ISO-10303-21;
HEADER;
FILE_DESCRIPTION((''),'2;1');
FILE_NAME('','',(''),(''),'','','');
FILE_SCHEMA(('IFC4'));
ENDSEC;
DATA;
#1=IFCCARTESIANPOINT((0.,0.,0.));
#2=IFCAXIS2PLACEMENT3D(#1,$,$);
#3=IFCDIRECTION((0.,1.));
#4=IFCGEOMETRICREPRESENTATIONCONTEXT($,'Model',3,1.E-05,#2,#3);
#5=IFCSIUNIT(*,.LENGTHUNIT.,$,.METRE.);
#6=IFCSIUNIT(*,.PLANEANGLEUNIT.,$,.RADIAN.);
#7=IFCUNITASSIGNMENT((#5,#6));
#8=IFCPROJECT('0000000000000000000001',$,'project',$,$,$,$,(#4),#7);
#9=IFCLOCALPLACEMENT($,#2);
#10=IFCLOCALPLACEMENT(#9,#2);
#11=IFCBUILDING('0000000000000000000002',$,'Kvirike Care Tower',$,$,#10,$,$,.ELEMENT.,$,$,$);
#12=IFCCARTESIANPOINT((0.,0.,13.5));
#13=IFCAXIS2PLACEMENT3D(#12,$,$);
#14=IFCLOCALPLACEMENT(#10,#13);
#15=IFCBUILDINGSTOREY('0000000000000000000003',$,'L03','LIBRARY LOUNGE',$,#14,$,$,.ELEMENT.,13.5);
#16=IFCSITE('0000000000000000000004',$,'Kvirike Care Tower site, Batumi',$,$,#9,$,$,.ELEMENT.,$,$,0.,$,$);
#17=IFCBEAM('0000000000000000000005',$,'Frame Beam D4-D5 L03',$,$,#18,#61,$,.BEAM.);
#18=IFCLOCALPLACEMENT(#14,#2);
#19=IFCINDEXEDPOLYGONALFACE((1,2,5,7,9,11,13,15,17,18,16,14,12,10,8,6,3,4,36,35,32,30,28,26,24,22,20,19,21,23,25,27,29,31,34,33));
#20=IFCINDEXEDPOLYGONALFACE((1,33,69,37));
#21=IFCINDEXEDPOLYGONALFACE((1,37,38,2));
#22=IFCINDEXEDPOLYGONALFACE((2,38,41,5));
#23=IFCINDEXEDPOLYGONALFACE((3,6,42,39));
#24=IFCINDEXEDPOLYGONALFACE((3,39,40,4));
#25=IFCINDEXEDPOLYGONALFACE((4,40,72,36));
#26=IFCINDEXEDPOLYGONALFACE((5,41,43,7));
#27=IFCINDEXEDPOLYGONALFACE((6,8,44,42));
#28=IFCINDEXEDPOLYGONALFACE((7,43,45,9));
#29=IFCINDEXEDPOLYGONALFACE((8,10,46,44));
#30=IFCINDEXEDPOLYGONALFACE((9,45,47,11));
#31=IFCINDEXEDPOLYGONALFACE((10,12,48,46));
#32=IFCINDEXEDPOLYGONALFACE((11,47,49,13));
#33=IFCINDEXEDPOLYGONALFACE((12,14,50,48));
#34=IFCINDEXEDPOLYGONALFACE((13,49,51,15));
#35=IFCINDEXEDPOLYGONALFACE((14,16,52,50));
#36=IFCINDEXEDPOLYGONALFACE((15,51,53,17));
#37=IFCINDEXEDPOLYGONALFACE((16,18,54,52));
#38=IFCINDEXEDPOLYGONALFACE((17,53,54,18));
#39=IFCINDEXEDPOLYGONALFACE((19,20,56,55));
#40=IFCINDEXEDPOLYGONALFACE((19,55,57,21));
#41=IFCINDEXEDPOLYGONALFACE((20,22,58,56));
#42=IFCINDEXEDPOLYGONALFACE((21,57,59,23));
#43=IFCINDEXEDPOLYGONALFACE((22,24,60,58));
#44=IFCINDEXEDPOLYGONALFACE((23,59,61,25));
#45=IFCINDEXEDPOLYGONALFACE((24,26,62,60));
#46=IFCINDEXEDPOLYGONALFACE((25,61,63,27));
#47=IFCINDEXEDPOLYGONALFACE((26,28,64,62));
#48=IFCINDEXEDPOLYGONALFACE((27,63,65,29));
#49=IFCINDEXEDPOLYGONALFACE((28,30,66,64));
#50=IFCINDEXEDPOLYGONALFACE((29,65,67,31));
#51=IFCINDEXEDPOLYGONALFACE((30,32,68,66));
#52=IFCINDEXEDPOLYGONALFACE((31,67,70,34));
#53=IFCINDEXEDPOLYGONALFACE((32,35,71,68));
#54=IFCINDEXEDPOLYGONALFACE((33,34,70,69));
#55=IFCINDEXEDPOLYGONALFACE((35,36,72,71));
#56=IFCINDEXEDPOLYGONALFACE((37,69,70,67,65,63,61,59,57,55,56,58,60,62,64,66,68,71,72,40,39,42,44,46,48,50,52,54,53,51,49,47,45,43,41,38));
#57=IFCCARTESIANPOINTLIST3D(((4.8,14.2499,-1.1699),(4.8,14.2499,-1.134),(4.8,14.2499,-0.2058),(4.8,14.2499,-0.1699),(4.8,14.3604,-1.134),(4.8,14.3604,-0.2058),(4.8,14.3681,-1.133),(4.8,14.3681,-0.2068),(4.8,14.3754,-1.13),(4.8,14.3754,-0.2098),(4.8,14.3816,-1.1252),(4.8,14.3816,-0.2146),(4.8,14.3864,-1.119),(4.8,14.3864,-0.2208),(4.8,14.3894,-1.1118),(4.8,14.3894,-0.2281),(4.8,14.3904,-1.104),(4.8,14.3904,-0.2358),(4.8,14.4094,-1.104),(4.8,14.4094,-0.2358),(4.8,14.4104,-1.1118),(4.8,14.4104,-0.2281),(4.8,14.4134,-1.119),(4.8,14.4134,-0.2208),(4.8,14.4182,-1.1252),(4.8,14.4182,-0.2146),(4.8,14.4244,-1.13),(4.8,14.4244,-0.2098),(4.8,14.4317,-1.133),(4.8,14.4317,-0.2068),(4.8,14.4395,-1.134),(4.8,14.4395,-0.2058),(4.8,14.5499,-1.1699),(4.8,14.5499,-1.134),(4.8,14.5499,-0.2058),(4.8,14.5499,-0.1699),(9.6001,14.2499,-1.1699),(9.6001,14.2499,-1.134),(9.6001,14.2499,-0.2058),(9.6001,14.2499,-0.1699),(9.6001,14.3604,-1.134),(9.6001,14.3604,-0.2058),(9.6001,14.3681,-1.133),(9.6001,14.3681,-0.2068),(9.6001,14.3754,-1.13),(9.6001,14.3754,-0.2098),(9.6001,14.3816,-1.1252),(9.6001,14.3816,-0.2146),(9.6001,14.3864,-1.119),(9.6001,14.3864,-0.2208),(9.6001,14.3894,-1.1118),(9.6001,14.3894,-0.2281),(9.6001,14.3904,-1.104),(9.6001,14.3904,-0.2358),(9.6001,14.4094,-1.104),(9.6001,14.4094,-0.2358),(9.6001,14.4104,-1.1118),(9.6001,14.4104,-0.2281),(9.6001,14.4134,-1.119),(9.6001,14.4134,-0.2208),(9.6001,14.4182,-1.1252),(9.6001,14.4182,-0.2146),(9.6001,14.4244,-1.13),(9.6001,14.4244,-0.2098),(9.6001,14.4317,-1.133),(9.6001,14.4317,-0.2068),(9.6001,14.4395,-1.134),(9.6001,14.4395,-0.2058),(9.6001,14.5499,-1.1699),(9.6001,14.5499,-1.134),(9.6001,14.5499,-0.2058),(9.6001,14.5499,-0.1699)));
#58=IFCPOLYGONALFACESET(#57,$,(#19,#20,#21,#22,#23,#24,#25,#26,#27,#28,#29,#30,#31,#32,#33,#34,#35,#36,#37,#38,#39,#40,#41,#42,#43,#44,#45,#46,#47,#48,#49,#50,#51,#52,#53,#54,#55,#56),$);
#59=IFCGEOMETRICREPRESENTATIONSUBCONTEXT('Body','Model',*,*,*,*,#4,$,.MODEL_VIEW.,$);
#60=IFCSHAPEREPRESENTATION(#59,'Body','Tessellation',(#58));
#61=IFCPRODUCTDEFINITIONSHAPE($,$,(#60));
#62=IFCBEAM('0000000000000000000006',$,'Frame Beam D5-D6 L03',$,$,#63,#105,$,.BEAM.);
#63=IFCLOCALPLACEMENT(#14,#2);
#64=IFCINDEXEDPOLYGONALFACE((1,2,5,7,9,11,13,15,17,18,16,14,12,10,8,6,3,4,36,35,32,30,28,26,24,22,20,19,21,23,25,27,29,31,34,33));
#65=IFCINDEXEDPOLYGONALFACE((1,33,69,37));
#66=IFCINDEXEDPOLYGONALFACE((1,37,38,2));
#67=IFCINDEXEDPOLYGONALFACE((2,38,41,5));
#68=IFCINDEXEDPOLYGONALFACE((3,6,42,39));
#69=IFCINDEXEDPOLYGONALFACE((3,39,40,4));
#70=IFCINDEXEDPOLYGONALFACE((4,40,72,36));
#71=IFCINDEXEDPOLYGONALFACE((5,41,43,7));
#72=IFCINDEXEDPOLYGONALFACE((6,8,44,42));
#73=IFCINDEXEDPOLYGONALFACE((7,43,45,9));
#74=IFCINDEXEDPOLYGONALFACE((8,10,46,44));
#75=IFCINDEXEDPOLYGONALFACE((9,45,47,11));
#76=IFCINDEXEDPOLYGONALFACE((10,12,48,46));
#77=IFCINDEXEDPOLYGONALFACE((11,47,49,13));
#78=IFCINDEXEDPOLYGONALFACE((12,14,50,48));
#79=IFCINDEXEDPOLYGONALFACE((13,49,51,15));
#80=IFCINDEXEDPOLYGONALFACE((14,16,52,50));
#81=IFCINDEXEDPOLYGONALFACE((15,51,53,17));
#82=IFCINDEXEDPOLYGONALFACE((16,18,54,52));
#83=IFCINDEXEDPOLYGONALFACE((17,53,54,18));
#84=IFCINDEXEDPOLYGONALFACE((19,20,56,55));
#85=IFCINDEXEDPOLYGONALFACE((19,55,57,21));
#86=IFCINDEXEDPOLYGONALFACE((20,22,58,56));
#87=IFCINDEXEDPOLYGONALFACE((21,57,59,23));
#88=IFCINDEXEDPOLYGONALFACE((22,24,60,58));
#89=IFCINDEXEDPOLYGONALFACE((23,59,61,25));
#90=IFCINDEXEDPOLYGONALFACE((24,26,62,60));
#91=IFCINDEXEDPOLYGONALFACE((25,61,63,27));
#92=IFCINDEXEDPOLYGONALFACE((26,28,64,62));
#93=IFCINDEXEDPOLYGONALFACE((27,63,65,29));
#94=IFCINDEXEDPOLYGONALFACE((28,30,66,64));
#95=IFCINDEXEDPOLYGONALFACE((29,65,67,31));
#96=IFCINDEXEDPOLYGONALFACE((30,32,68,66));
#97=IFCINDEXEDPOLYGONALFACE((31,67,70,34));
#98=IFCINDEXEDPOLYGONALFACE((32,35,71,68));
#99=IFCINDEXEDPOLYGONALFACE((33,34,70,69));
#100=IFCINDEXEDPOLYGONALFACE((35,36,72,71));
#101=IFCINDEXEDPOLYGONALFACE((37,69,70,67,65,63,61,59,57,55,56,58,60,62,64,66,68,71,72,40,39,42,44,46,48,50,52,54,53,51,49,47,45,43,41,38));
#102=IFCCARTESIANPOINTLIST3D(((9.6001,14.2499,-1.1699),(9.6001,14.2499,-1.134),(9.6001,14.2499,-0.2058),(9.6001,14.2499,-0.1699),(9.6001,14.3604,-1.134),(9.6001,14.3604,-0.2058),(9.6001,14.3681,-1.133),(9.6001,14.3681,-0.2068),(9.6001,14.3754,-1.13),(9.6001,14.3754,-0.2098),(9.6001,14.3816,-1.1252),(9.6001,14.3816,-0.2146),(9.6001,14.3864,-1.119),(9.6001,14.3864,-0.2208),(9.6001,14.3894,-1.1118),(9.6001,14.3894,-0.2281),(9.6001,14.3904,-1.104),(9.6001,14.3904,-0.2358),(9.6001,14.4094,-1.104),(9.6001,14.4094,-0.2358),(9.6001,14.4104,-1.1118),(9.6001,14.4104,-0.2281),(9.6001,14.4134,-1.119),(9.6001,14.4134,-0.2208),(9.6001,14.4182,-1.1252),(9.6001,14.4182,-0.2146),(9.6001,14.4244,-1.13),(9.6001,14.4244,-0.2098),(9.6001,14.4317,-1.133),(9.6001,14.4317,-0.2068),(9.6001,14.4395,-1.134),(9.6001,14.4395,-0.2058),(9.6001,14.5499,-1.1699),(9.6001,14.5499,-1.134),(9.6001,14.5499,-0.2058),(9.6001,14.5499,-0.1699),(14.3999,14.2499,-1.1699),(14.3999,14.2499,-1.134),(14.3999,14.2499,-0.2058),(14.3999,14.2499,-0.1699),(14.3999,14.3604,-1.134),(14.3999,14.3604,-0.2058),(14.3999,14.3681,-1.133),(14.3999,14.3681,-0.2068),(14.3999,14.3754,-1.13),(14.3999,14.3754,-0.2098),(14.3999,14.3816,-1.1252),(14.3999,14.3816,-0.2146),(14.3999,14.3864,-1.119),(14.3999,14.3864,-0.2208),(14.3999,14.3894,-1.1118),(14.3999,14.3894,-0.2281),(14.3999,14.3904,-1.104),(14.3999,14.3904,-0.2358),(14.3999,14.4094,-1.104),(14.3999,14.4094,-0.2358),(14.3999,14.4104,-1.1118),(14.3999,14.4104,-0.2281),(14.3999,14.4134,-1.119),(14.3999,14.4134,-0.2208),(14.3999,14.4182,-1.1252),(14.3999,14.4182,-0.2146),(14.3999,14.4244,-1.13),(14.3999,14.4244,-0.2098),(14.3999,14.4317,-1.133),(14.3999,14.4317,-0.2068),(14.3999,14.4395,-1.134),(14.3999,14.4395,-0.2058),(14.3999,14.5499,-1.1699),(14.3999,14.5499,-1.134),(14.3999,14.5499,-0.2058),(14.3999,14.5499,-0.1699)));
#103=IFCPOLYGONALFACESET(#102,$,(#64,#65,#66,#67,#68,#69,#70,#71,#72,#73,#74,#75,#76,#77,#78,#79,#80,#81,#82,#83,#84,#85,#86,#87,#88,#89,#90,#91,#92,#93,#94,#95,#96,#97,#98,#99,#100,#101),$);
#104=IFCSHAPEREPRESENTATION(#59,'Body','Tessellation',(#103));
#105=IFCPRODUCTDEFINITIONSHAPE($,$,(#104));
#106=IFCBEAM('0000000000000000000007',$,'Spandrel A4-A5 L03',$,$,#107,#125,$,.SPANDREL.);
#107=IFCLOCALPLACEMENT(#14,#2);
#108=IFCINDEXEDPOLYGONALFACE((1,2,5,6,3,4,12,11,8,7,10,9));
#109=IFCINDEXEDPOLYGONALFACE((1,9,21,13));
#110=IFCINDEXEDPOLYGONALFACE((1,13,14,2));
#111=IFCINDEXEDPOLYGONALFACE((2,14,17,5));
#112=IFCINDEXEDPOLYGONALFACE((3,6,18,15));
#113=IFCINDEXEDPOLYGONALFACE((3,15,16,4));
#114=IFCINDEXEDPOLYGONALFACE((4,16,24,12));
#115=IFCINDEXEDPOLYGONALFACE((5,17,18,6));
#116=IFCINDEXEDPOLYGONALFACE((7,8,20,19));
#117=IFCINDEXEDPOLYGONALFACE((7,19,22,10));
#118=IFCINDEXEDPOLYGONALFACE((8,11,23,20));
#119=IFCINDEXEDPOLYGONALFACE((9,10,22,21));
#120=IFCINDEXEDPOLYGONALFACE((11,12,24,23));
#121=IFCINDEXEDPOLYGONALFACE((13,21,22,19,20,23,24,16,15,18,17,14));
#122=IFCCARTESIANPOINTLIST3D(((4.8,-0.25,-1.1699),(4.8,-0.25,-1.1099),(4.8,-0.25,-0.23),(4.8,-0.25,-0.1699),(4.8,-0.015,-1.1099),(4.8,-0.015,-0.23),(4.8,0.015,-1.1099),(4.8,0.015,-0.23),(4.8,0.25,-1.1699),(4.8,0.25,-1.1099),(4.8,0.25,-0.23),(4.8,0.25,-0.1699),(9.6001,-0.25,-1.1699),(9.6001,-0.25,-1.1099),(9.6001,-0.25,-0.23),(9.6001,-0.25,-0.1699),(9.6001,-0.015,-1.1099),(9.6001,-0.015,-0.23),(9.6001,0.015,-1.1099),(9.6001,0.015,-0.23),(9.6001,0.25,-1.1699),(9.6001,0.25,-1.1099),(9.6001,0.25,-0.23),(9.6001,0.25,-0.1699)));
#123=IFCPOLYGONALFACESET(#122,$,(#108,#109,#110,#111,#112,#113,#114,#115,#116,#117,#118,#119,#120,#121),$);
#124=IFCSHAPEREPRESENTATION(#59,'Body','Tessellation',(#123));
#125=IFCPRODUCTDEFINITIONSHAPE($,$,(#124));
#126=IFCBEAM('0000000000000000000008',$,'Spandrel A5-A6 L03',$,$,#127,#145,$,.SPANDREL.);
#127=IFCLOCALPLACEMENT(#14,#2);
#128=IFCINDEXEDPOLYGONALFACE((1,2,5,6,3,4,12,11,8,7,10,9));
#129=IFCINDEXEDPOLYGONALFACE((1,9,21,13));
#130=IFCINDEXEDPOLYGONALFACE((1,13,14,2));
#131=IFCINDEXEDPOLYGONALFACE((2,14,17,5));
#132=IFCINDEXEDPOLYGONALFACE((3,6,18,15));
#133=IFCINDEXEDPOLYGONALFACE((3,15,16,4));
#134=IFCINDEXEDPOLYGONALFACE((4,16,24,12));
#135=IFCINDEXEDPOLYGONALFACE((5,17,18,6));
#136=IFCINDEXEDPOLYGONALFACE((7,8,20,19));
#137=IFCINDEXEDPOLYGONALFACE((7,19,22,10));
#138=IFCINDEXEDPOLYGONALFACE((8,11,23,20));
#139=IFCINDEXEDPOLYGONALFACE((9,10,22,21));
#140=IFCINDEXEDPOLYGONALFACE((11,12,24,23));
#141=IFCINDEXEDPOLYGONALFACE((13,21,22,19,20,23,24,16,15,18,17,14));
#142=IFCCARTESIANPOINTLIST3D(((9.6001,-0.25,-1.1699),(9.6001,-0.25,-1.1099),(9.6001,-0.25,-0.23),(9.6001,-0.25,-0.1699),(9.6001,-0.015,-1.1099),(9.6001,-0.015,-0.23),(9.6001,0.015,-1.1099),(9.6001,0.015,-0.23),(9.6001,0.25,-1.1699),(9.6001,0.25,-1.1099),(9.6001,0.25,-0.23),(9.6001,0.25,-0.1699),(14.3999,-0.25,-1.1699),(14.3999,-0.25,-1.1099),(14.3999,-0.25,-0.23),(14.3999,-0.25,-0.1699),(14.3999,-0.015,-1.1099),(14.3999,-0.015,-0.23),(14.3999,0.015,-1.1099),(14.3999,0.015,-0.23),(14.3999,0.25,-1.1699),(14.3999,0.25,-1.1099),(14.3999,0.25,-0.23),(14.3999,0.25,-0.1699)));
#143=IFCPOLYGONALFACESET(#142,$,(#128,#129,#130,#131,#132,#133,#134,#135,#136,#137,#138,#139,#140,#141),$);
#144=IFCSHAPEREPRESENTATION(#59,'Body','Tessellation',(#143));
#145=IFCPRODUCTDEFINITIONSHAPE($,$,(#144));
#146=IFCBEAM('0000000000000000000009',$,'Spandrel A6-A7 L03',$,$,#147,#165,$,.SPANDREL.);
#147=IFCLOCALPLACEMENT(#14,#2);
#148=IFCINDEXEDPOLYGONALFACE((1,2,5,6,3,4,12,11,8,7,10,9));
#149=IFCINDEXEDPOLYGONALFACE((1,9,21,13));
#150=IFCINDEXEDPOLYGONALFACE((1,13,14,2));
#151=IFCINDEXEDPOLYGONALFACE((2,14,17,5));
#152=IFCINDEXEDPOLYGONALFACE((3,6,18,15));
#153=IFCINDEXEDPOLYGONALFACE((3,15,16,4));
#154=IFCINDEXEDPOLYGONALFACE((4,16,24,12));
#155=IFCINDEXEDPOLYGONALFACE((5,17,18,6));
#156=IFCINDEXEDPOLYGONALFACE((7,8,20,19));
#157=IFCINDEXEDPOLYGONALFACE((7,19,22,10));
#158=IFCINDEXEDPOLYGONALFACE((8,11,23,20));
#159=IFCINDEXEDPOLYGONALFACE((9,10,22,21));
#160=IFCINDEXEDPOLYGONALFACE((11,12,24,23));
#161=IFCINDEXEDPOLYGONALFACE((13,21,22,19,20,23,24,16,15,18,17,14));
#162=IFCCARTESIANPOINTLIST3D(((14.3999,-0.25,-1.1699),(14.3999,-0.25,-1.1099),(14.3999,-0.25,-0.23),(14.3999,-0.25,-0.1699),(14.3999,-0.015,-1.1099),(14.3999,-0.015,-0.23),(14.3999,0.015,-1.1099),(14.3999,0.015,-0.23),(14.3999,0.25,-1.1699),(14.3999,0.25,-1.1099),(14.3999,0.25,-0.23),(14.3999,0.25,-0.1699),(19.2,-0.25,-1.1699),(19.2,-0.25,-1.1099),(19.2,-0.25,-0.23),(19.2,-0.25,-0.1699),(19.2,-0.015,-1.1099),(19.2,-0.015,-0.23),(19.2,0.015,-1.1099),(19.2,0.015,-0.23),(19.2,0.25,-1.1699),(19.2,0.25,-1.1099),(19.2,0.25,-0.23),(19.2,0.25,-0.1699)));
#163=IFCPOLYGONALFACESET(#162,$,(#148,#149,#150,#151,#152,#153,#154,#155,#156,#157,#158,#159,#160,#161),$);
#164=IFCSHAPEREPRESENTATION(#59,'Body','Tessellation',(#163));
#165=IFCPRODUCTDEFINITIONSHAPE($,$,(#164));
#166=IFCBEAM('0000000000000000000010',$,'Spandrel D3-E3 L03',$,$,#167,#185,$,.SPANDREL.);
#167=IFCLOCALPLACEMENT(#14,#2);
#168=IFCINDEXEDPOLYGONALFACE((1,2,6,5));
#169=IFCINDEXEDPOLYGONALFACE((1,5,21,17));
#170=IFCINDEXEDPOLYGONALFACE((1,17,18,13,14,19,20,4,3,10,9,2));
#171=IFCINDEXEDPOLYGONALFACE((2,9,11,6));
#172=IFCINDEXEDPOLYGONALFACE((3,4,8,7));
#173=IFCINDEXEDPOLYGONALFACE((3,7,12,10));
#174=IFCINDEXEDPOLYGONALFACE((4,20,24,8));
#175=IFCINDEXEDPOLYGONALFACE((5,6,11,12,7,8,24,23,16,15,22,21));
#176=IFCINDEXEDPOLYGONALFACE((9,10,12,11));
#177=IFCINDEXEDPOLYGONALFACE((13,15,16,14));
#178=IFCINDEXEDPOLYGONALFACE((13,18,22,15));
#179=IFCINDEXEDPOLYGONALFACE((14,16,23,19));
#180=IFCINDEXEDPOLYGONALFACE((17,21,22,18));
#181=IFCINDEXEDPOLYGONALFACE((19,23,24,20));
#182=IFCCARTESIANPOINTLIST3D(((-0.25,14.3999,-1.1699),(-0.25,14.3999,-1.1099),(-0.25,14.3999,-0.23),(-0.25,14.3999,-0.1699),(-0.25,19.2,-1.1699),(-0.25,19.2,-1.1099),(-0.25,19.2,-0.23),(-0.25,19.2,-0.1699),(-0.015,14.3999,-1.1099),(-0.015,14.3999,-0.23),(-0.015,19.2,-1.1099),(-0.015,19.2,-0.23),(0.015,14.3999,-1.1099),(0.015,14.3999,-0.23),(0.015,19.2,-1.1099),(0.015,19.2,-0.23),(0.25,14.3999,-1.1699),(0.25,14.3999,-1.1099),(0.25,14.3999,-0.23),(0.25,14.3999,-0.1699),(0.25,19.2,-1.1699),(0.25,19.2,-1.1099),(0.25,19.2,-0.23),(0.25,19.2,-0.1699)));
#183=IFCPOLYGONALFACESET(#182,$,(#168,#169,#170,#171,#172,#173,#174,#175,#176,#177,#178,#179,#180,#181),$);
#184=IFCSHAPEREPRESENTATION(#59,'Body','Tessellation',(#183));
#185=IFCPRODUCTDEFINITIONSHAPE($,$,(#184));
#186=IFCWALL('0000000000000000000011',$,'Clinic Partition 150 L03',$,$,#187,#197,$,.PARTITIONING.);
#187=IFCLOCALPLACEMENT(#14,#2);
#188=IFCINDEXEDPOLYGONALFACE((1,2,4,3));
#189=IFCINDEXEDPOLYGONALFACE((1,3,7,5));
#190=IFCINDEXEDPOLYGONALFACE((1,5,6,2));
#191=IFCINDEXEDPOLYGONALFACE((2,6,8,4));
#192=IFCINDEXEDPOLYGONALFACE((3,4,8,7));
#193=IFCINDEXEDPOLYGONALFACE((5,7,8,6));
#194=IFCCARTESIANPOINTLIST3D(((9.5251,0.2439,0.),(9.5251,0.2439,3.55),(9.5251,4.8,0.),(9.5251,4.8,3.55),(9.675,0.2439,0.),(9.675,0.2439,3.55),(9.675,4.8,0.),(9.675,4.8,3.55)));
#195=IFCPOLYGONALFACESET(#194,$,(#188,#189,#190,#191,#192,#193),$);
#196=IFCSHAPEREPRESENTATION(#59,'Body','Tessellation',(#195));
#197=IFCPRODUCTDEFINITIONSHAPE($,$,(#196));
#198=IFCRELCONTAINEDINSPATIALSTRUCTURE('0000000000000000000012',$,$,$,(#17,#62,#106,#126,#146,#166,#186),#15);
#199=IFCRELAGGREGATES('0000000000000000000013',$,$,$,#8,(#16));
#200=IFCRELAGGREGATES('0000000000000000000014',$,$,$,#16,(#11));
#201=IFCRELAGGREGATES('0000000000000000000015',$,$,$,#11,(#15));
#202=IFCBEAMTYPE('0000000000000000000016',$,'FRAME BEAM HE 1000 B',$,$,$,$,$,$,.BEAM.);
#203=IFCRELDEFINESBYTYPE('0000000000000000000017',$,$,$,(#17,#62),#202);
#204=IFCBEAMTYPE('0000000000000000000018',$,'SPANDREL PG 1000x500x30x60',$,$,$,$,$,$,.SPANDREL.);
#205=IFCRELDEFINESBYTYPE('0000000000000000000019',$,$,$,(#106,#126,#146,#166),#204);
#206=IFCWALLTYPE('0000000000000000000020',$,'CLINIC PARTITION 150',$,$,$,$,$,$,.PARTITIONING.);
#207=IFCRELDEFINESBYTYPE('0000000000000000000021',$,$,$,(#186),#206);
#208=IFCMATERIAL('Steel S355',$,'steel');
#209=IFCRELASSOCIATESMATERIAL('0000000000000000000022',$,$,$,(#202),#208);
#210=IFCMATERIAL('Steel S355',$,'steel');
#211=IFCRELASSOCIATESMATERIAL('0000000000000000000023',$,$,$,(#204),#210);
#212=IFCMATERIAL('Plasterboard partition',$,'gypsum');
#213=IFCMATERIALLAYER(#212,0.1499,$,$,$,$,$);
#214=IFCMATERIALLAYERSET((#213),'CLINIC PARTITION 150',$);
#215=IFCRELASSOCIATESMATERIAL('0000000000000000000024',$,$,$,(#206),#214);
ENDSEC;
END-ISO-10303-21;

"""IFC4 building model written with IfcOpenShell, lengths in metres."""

from ifc_helpers import new_model, si_unit, direction, frame, frame_2d, origin, origin_2d, place, context, subcontext, project, spatial, rectangle, i_section, extrude, material, layer, layer_set, material_profile, profile_set, type_object, element, save


model = new_model("IFC4")

# Units and contexts
model_context = context("Model", 3, precision=1e-05, world=origin(), true_north=direction((0.0, 1.0)))
body_context = subcontext(model_context, "Body", "Model", "MODEL_VIEW")
ifc_project = project(units=[si_unit("LENGTHUNIT", "METRE"), si_unit("PLANEANGLEUNIT", "RADIAN")], contexts=[model_context])

# Site, building, storey
site_placement = place(None, origin())
site = spatial("IfcSite", under=ifc_project, at=site_placement, Name="Kvirike Care Tower site, Batumi", CompositionType="ELEMENT", RefElevation=0.0)
building_placement = place(site_placement, origin())
building = spatial("IfcBuilding", under=site, at=building_placement, Name="Kvirike Care Tower", CompositionType="ELEMENT")
storey_placement = place(building_placement, frame((0.0, 0.0, 13.5)))
storey = spatial("IfcBuildingStorey", under=building, at=storey_placement, Name="L03", Description="LIBRARY LOUNGE", CompositionType="ELEMENT", Elevation=13.5)

# Beams
ifc_material_1 = material(Name="Steel S355", Category="steel")
ifc_material_profile_1 = material_profile(ifc_material_1, i_section(OverallWidth=0.3, OverallDepth=1.0, WebThickness=0.019, FlangeThickness=0.0359, FilletRadius=0.03, at=origin_2d()), Name="HE 1000 B")
ifc_profile_set_1 = profile_set([ifc_material_profile_1], Name="Steel S355")
beam_type_1 = type_object("IfcBeamType", Name="FRAME BEAM HE 1000 B", PredefinedType="BEAM", material=ifc_profile_set_1)
for number, where, z_axis, x_axis, name in (
    (1, (4.8, 14.3999, -0.6699), (1.0, 0.0, 0.0), (0.0, 1.0, 0.0), "Frame Beam D4-D5 L03"),
):
    element("IfcBeam", number, at=place(storey_placement, frame(where, z_axis=z_axis, x_axis=x_axis)), inside=storey, type_object=beam_type_1, Name=name, PredefinedType="BEAM", context=body_context, shape_type="SweptSolid", body=[
        extrude(i_section(OverallWidth=0.3, OverallDepth=1.0, WebThickness=0.019, FlangeThickness=0.0359, FilletRadius=0.03, at=origin_2d()), origin(), (0.0, 0.0, 1.0), 4.8),
    ])
beam_1_placement = place(storey_placement, frame((9.6001, 14.3999, -0.6699), z_axis=(1.0, 0.0, 0.0), x_axis=(0.0, 1.0, 0.0)))
element("IfcBeam", 2, at=beam_1_placement, inside=storey, type_object=beam_type_1, Name="Frame Beam D5-D6 L03", PredefinedType="BEAM", context=body_context, shape_type="SweptSolid", body=[
    extrude(i_section(OverallWidth=0.3, OverallDepth=1.0, WebThickness=0.019, FlangeThickness=0.0359, FilletRadius=0.03, at=origin_2d()), origin(), (0.0, 0.0, 1.0), 4.7998),
])
ifc_material_2 = material(Name="Steel S355", Category="steel")
ifc_material_profile_2 = material_profile(ifc_material_2, i_section(OverallWidth=0.5, OverallDepth=1.0, WebThickness=0.03, FlangeThickness=0.0601, at=origin_2d()), Name="PG 1000x500x30x60")
ifc_profile_set_2 = profile_set([ifc_material_profile_2], Name="Steel S355")
beam_type_2 = type_object("IfcBeamType", Name="SPANDREL PG 1000x500x30x60", PredefinedType="SPANDREL", material=ifc_profile_set_2)
beam_2_placement = place(storey_placement, frame((4.8, 0.0, -0.6699), z_axis=(1.0, 0.0, 0.0), x_axis=(0.0, 1.0, 0.0)))
element("IfcBeam", 3, at=beam_2_placement, inside=storey, type_object=beam_type_2, Name="Spandrel A4-A5 L03", PredefinedType="SPANDREL", context=body_context, shape_type="SweptSolid", body=[
    extrude(i_section(OverallWidth=0.5, OverallDepth=1.0, WebThickness=0.03, FlangeThickness=0.0601, at=origin_2d()), origin(), (0.0, 0.0, 1.0), 4.8),
])
beam_3_placement = place(storey_placement, frame((9.6001, 0.0, -0.6699), z_axis=(1.0, 0.0, 0.0), x_axis=(0.0, 1.0, 0.0)))
element("IfcBeam", 4, at=beam_3_placement, inside=storey, type_object=beam_type_2, Name="Spandrel A5-A6 L03", PredefinedType="SPANDREL", context=body_context, shape_type="SweptSolid", body=[
    extrude(i_section(OverallWidth=0.5, OverallDepth=1.0, WebThickness=0.03, FlangeThickness=0.0601, at=origin_2d()), origin(), (0.0, 0.0, 1.0), 4.7998),
])
for number, where, z_axis, x_axis, name in (
    (5, (14.3999, 0.0, -0.6699), (1.0, 0.0, 0.0), (0.0, 1.0, 0.0), "Spandrel A6-A7 L03"),
    (6, (0.0, 14.3999, -0.6699), (0.0, 1.0, 0.0), (-1.0, 0.0, 0.0), "Spandrel D3-E3 L03"),
):
    element("IfcBeam", number, at=place(storey_placement, frame(where, z_axis=z_axis, x_axis=x_axis)), inside=storey, type_object=beam_type_2, Name=name, PredefinedType="SPANDREL", context=body_context, shape_type="SweptSolid", body=[
        extrude(i_section(OverallWidth=0.5, OverallDepth=1.0, WebThickness=0.03, FlangeThickness=0.0601, at=origin_2d()), origin(), (0.0, 0.0, 1.0), 4.8),
    ])

# Wall
ifc_material_3 = material(Name="Plasterboard partition", Category="gypsum")
ifc_layer_1 = layer(ifc_material_3, 0.1499)
ifc_layer_set_1 = layer_set([ifc_layer_1], Name="CLINIC PARTITION 150")
wall_type_1 = type_object("IfcWallType", Name="CLINIC PARTITION 150", PredefinedType="PARTITIONING", material=ifc_layer_set_1)
wall_1_placement = place(storey_placement, frame((9.6001, 0.2439, 0.0), z_axis=(0.0, 0.0, 1.0), x_axis=(0.0, 1.0, 0.0)))
element("IfcWall", 7, at=wall_1_placement, inside=storey, type_object=wall_type_1, Name="Clinic Partition 150 L03", PredefinedType="PARTITIONING", context=body_context, shape_type="SweptSolid", body=[
    extrude(rectangle(XDim=4.5562, YDim=0.1499, at=frame_2d((2.2781, 0.0))), origin(), (0.0, 0.0, 1.0), 3.55),
])

save(model, "model.ifc")
